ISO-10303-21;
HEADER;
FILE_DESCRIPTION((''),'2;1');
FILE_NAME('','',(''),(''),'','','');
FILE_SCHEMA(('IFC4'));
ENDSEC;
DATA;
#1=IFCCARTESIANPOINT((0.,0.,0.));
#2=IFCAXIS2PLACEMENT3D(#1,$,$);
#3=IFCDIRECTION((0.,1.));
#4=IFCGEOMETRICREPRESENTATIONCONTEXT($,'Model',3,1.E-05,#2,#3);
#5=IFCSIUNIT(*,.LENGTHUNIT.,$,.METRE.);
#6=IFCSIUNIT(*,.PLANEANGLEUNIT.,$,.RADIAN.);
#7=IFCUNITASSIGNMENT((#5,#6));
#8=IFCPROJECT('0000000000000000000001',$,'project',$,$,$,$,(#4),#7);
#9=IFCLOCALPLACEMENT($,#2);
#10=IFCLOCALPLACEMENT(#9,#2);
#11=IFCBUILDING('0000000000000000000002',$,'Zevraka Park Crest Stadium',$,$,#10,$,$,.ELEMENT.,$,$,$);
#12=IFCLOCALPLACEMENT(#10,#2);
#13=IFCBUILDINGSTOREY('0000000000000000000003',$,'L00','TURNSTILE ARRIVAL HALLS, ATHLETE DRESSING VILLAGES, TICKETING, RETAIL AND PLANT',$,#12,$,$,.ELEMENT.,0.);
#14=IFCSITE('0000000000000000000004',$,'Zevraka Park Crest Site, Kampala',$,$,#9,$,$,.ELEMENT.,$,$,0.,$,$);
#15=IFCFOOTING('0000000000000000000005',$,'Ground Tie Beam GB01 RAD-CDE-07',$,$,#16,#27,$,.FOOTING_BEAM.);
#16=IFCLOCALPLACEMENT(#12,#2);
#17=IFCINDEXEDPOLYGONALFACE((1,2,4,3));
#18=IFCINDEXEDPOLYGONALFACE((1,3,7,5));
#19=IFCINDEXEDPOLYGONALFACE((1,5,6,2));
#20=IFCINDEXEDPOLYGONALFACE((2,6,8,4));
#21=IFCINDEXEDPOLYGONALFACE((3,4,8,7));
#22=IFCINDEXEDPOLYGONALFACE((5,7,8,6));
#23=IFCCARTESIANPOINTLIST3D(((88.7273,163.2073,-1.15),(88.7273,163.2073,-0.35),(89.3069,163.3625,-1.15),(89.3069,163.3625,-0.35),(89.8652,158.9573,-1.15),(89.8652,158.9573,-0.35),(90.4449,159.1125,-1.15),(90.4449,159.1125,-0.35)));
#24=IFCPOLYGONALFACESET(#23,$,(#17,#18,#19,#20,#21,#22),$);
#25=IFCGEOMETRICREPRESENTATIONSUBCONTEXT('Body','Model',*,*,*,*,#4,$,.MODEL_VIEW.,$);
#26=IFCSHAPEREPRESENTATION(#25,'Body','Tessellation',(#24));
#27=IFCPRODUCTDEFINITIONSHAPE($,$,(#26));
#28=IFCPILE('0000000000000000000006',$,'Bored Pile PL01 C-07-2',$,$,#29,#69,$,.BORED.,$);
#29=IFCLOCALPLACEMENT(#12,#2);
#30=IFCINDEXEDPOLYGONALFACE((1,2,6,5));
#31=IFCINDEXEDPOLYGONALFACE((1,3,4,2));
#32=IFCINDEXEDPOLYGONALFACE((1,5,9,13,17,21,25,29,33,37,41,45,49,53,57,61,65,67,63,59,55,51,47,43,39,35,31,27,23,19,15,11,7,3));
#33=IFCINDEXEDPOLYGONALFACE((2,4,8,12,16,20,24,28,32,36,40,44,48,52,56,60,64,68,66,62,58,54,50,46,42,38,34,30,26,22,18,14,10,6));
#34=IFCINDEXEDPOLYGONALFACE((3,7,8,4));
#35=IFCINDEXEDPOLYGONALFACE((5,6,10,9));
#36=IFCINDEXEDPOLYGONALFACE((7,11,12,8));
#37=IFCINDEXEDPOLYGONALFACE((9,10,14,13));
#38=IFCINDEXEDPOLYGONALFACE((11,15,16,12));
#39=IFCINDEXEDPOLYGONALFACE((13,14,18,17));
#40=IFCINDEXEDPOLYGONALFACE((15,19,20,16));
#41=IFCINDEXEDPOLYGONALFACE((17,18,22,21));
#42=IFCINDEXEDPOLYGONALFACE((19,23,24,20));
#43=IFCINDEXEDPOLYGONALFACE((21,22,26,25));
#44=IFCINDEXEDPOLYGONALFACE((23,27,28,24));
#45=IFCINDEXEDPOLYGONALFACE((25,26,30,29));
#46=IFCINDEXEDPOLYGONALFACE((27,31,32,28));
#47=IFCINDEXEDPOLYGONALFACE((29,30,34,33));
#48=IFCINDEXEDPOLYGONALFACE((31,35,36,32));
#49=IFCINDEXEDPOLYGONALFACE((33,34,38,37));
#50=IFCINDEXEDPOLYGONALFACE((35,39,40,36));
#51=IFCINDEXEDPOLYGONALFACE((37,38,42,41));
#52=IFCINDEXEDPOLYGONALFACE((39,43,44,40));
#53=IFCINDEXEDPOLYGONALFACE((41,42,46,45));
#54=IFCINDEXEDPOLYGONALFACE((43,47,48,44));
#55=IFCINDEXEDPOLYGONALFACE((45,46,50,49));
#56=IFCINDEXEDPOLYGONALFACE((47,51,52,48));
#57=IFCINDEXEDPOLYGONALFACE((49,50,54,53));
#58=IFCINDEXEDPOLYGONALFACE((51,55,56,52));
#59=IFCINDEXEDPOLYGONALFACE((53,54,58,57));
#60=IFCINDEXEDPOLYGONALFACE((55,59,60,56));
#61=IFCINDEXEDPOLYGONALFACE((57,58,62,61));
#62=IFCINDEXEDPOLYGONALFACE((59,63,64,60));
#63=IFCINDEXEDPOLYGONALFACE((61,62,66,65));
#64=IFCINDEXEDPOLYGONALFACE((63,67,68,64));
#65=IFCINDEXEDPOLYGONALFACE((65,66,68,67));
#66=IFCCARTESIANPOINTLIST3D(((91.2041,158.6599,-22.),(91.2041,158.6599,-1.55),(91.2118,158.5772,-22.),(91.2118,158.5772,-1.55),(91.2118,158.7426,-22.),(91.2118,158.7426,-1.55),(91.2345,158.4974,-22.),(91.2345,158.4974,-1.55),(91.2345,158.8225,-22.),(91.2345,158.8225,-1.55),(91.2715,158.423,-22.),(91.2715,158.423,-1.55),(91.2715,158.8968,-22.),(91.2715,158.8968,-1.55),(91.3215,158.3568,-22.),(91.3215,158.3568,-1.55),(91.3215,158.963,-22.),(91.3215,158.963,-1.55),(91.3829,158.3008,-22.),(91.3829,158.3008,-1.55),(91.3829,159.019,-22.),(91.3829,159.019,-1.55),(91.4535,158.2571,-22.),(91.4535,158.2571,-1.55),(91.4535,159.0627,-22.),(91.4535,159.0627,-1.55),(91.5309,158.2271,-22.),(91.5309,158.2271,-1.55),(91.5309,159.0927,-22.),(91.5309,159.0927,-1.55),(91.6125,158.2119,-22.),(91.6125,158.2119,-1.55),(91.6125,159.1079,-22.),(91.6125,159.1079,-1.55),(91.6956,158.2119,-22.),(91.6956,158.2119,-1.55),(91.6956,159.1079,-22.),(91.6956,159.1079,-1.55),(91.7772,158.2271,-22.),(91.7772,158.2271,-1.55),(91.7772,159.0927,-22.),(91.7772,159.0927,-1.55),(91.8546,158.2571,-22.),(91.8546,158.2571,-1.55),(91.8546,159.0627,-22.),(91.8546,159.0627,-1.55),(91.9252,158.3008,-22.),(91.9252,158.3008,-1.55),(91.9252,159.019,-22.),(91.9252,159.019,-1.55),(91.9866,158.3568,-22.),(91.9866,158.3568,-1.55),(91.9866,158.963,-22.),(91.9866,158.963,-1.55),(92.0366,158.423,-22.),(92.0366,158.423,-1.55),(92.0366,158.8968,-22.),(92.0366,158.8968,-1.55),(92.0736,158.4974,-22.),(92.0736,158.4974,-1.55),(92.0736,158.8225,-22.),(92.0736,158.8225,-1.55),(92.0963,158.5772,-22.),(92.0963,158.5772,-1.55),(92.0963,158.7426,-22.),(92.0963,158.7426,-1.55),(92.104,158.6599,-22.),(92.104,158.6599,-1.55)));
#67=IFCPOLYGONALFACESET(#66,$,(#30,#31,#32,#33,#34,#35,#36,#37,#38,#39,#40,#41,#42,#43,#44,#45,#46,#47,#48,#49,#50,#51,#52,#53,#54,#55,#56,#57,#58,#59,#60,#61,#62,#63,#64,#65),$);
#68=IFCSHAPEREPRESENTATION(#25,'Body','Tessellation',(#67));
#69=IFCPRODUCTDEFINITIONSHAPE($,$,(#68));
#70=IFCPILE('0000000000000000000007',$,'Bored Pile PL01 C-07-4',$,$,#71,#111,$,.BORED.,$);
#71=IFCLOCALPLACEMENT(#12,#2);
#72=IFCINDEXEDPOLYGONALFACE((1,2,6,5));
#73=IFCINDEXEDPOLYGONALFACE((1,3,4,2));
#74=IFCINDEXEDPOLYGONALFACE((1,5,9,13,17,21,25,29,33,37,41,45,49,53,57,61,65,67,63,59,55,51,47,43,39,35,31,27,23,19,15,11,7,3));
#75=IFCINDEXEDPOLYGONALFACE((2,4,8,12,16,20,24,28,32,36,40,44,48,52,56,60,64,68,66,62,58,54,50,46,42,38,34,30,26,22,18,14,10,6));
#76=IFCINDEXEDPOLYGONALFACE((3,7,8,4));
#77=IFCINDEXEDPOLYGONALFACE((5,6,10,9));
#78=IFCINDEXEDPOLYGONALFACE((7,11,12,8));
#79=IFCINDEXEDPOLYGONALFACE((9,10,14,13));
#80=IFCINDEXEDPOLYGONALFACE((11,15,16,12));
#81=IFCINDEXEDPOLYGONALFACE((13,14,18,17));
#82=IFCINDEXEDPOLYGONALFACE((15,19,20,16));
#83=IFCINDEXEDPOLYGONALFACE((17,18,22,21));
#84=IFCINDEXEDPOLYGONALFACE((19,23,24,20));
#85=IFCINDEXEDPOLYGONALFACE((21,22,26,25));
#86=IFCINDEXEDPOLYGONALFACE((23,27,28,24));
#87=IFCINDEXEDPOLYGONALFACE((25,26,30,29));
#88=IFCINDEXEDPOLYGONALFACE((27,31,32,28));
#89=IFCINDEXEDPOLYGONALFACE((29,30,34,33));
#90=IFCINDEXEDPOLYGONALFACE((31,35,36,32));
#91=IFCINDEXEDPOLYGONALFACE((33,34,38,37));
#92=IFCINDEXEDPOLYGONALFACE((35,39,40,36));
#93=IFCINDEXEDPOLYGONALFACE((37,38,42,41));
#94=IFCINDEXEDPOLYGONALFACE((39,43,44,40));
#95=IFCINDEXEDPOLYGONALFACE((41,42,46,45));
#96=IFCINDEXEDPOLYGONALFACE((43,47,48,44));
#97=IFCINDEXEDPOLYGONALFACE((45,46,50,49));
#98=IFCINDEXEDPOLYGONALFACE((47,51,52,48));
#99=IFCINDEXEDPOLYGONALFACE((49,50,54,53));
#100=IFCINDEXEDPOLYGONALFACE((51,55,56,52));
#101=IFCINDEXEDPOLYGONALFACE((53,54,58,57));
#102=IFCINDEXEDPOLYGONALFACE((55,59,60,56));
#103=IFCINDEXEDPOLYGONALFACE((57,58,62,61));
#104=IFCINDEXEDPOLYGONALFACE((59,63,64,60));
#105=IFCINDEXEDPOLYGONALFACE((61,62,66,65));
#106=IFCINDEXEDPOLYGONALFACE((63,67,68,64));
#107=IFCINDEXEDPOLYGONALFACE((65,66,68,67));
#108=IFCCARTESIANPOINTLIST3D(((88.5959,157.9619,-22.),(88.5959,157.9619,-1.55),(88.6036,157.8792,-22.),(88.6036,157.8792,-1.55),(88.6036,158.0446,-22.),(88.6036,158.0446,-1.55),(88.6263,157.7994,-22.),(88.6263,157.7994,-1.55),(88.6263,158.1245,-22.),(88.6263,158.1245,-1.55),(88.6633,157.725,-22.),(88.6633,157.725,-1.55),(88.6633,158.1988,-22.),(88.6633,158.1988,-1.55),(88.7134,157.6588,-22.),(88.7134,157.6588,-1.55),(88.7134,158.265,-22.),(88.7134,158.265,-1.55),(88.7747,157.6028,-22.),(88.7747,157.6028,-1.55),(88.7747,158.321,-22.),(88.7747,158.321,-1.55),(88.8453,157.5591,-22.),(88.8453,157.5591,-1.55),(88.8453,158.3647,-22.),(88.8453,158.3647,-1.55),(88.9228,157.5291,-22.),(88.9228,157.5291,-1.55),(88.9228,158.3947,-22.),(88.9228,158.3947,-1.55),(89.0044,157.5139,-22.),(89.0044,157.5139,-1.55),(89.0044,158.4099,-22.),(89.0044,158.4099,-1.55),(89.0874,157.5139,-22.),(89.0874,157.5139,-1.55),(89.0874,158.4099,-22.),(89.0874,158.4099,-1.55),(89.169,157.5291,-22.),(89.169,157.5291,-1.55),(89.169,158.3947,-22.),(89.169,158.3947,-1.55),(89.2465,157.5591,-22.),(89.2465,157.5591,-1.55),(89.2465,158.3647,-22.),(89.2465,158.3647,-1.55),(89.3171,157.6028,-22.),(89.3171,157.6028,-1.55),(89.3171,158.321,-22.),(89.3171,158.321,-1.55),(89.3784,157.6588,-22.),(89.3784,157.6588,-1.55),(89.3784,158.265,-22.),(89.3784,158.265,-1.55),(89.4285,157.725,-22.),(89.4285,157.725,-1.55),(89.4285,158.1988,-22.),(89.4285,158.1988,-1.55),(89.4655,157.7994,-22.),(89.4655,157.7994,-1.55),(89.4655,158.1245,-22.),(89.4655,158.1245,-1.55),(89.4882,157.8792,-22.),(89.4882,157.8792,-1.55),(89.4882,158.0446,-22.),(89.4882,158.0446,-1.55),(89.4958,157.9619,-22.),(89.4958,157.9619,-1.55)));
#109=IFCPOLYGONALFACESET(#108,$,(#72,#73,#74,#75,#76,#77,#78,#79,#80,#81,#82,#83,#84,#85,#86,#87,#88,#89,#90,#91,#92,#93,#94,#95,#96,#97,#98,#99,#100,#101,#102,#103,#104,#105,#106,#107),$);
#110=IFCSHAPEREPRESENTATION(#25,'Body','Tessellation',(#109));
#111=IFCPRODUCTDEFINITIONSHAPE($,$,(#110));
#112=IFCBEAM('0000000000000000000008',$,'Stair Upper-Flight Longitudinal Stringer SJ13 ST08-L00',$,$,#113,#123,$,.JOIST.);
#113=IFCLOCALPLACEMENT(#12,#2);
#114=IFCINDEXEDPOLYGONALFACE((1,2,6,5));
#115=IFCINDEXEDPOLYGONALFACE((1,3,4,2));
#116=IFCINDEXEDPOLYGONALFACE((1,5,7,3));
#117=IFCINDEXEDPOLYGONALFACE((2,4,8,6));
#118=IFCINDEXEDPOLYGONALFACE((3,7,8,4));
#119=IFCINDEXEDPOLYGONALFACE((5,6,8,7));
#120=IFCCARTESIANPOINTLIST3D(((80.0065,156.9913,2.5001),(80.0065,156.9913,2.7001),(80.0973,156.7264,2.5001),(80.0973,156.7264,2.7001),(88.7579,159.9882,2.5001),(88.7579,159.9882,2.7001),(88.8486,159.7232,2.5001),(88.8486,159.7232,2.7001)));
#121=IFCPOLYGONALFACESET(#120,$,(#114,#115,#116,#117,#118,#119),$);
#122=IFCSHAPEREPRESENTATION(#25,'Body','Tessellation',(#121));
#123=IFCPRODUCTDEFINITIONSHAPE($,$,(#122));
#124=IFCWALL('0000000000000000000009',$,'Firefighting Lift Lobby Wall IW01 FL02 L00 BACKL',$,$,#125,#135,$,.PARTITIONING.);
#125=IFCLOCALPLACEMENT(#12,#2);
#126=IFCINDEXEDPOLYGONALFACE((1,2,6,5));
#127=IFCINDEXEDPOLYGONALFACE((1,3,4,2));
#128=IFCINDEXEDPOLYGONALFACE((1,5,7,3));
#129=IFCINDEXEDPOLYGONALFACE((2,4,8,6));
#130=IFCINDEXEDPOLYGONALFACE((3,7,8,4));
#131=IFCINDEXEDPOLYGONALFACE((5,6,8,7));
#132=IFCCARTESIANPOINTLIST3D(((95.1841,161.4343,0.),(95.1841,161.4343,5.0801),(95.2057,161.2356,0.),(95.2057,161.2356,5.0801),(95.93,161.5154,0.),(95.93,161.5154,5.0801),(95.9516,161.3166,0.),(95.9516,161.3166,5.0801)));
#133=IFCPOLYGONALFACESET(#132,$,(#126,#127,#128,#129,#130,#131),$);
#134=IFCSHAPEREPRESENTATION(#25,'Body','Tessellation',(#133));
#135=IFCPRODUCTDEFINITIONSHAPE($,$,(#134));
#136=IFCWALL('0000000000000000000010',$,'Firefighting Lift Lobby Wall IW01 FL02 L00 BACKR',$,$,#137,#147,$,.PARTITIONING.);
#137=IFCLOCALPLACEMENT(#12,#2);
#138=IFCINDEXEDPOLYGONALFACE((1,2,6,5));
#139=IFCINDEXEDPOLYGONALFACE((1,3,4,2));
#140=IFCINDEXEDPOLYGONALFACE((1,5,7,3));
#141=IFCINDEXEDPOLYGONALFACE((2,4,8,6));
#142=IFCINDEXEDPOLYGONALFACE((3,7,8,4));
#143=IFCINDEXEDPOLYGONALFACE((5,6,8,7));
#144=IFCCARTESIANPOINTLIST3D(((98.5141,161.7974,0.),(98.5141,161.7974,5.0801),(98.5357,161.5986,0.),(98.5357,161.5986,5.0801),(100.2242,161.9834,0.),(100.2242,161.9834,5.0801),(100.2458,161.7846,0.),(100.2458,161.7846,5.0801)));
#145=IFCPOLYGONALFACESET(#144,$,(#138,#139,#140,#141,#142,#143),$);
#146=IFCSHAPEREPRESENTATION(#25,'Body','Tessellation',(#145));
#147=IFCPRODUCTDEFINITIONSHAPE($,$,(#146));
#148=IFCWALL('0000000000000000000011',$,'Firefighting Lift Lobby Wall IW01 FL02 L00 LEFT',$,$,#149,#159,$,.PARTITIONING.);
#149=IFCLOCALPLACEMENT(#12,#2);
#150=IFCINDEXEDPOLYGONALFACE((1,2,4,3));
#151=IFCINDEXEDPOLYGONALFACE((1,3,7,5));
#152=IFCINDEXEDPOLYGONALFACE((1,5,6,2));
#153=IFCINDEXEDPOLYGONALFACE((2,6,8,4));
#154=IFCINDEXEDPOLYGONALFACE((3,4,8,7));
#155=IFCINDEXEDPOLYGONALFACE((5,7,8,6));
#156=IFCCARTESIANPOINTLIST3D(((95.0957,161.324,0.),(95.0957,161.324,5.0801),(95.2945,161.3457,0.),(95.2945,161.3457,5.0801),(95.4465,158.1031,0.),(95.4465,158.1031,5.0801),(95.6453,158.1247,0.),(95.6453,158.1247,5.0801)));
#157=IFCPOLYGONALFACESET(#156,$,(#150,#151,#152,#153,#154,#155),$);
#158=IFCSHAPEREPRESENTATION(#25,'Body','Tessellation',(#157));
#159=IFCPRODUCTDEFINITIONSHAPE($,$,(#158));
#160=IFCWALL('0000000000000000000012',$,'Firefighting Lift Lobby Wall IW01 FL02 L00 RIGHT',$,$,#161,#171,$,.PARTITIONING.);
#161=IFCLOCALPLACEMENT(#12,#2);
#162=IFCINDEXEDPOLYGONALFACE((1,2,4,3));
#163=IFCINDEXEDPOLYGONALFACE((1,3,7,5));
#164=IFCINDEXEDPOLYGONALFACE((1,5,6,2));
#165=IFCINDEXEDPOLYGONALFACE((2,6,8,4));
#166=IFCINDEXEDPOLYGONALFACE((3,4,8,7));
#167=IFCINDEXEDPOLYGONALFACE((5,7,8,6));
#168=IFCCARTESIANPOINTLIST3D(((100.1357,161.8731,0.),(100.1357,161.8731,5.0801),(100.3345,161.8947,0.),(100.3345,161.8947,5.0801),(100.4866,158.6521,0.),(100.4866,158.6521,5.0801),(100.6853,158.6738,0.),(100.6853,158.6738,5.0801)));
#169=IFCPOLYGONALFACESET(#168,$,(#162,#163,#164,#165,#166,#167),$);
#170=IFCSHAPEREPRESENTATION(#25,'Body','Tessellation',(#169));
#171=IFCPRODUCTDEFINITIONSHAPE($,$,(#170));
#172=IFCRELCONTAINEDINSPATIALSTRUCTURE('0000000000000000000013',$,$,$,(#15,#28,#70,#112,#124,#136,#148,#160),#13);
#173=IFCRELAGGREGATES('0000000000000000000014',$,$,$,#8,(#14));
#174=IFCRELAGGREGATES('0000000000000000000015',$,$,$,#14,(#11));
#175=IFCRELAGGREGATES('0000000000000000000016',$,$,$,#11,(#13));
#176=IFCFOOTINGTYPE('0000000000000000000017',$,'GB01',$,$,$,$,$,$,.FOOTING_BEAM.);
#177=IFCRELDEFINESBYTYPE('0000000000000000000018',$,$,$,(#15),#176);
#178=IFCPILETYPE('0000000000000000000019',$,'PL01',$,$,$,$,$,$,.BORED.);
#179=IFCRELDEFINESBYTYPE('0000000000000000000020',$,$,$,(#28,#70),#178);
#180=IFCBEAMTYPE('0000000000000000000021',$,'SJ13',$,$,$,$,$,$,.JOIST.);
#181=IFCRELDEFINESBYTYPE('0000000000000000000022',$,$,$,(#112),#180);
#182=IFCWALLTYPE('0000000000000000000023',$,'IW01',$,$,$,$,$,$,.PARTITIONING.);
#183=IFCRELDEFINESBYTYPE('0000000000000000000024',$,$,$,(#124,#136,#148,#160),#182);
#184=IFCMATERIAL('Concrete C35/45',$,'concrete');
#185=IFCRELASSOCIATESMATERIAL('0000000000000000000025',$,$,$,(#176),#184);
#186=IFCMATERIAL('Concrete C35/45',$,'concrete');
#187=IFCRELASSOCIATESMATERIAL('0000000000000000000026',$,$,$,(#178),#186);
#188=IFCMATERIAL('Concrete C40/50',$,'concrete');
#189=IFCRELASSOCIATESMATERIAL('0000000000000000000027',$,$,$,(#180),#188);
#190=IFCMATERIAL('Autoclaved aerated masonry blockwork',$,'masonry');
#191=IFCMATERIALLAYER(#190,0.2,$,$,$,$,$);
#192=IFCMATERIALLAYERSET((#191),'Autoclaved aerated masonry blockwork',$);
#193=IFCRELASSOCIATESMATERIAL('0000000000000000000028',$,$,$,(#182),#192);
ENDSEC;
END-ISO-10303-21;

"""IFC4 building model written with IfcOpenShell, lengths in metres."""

from ifc_helpers import new_model, si_unit, direction, frame, frame_2d, origin, origin_2d, place, context, subcontext, project, spatial, rectangle, circle, extrude, material, layer, layer_set, material_profile, profile_set, type_object, element, save


model = new_model("IFC4")

# Units and contexts
model_context = context("Model", 3, precision=1e-05, world=origin(), true_north=direction((0.0, 1.0)))
body_context = subcontext(model_context, "Body", "Model", "MODEL_VIEW")
ifc_project = project(units=[si_unit("LENGTHUNIT", "METRE"), si_unit("PLANEANGLEUNIT", "RADIAN")], contexts=[model_context])

# Site, building, storey
site_placement = place(None, origin())
site = spatial("IfcSite", under=ifc_project, at=site_placement, Name="Zevraka Park Crest Site, Kampala", CompositionType="ELEMENT", RefElevation=0.0)
building_placement = place(site_placement, origin())
building = spatial("IfcBuilding", under=site, at=building_placement, Name="Zevraka Park Crest Stadium", CompositionType="ELEMENT")
storey_placement = place(building_placement, origin())
storey = spatial("IfcBuildingStorey", under=building, at=storey_placement, Name="L00", Description="TURNSTILE ARRIVAL HALLS, ATHLETE DRESSING VILLAGES, TICKETING, RETAIL AND PLANT", CompositionType="ELEMENT", Elevation=0.0)

# Footing
ifc_material_1 = material(Name="Concrete C35/45", Category="concrete")
ifc_material_profile_1 = material_profile(ifc_material_1, rectangle(XDim=0.6001, YDim=0.8, at=origin_2d()), Name="GB 800x600")
ifc_profile_set_1 = profile_set([ifc_material_profile_1], Name="Concrete C35/45")
footing_type = type_object("IfcFootingType", Name="GB01", PredefinedType="FOOTING_BEAM", material=ifc_profile_set_1)
footing_placement = place(storey_placement, frame((90.155, 159.0349, -0.75), z_axis=(-0.25864, 0.965974, 0.0), x_axis=(-0.965974, -0.25864, 0.0)))
element("IfcFooting", 1, at=footing_placement, inside=storey, type_object=footing_type, Name="Ground Tie Beam GB01 RAD-CDE-07", PredefinedType="FOOTING_BEAM", context=body_context, shape_type="SweptSolid", body=[
    extrude(rectangle(XDim=0.6001, YDim=0.8, at=origin_2d()), origin(), (0.0, 0.0, 1.0), 4.3997),
])

# Piles
ifc_material_2 = material(Name="Concrete C35/45", Category="concrete")
ifc_material_profile_2 = material_profile(ifc_material_2, circle(Radius=0.45, at=origin_2d()), Name="PILE D900")
ifc_profile_set_2 = profile_set([ifc_material_profile_2], Name="Concrete C35/45")
pile_type = type_object("IfcPileType", Name="PL01", PredefinedType="BORED", material=ifc_profile_set_2)
for number, where, z_axis, x_axis, name in (
    (2, (91.6541, 158.6599, -1.55), (0.0, 0.0, -1.0), (1.0, 0.0, 0.0), "Bored Pile PL01 C-07-2"),
    (3, (89.0459, 157.9619, -1.55), (0.0, 0.0, -1.0), (1.0, 0.0, 0.0), "Bored Pile PL01 C-07-4"),
):
    element("IfcPile", number, at=place(storey_placement, frame(where, z_axis=z_axis, x_axis=x_axis)), inside=storey, type_object=pile_type, Name=name, PredefinedType="BORED", context=body_context, shape_type="SweptSolid", body=[
        extrude(circle(Radius=0.45, at=origin_2d()), origin(), (0.0, 0.0, 1.0), 20.45),
    ])

# Beam
ifc_material_3 = material(Name="Concrete C40/50", Category="concrete")
ifc_material_profile_3 = material_profile(ifc_material_3, rectangle(XDim=0.28, YDim=0.2, at=origin_2d()), Name="RC 200x280")
ifc_profile_set_3 = profile_set([ifc_material_profile_3], Name="Concrete C40/50")
beam_type = type_object("IfcBeamType", Name="SJ13", PredefinedType="JOIST", material=ifc_profile_set_3)
beam_placement = place(storey_placement, frame((88.8032, 159.8557, 2.6001), z_axis=(-0.946065, -0.323977, 0.0), x_axis=(0.323977, -0.946065, 0.0)))
element("IfcBeam", 4, at=beam_placement, inside=storey, type_object=beam_type, Name="Stair Upper-Flight Longitudinal Stringer SJ13 ST08-L00", PredefinedType="JOIST", context=body_context, shape_type="SweptSolid", body=[
    extrude(rectangle(XDim=0.28, YDim=0.2, at=origin_2d()), origin(), (0.0, 0.0, 1.0), 9.2502),
])

# Walls
ifc_material_4 = material(Name="Autoclaved aerated masonry blockwork", Category="masonry")
ifc_layer_1 = layer(ifc_material_4, 0.2)
ifc_layer_set_1 = layer_set([ifc_layer_1], Name="Autoclaved aerated masonry blockwork")
wall_type_1 = type_object("IfcWallType", Name="IW01", PredefinedType="PARTITIONING", material=ifc_layer_set_1)
wall_1_placement = place(storey_placement, frame((95.1951, 161.335, 0.0), z_axis=(0.0, 0.0, 1.0), x_axis=(0.994147, 0.108038, 0.0)))
element("IfcWall", 5, at=wall_1_placement, inside=storey, type_object=wall_type_1, Name="Firefighting Lift Lobby Wall IW01 FL02 L00 BACKL", PredefinedType="PARTITIONING", context=body_context, shape_type="SweptSolid", body=[
    extrude(rectangle(XDim=0.7502, YDim=0.2, at=frame_2d((0.375, 0.0))), origin(), (0.0, 0.0, 1.0), 5.0801),
])
wall_2_placement = place(storey_placement, frame((98.5249, 161.698, 0.0), z_axis=(0.0, 0.0, 1.0), x_axis=(0.994136, 0.108142, 0.0)))
element("IfcWall", 6, at=wall_2_placement, inside=storey, type_object=wall_type_1, Name="Firefighting Lift Lobby Wall IW01 FL02 L00 BACKR", PredefinedType="PARTITIONING", context=body_context, shape_type="SweptSolid", body=[
    extrude(rectangle(XDim=1.7202, YDim=0.2, at=frame_2d((0.8601, 0.0))), origin(), (0.0, 0.0, 1.0), 5.0801),
])
for number, where, z_axis, x_axis, name in (
    (7, (95.1951, 161.335, 0.0), (0.0, 0.0, 1.0), (0.108281, -0.99412, 0.0), "Firefighting Lift Lobby Wall IW01 FL02 L00 LEFT"),
    (8, (100.2351, 161.884, 0.0), (0.0, 0.0, 1.0), (0.108281, -0.99412, 0.0), "Firefighting Lift Lobby Wall IW01 FL02 L00 RIGHT"),
):
    element("IfcWall", number, at=place(storey_placement, frame(where, z_axis=z_axis, x_axis=x_axis)), inside=storey, type_object=wall_type_1, Name=name, PredefinedType="PARTITIONING", context=body_context, shape_type="SweptSolid", body=[
        extrude(rectangle(XDim=3.24, YDim=0.2, at=frame_2d((1.6201, 0.0))), origin(), (0.0, 0.0, 1.0), 5.0801),
    ])

save(model, "model.ifc")
